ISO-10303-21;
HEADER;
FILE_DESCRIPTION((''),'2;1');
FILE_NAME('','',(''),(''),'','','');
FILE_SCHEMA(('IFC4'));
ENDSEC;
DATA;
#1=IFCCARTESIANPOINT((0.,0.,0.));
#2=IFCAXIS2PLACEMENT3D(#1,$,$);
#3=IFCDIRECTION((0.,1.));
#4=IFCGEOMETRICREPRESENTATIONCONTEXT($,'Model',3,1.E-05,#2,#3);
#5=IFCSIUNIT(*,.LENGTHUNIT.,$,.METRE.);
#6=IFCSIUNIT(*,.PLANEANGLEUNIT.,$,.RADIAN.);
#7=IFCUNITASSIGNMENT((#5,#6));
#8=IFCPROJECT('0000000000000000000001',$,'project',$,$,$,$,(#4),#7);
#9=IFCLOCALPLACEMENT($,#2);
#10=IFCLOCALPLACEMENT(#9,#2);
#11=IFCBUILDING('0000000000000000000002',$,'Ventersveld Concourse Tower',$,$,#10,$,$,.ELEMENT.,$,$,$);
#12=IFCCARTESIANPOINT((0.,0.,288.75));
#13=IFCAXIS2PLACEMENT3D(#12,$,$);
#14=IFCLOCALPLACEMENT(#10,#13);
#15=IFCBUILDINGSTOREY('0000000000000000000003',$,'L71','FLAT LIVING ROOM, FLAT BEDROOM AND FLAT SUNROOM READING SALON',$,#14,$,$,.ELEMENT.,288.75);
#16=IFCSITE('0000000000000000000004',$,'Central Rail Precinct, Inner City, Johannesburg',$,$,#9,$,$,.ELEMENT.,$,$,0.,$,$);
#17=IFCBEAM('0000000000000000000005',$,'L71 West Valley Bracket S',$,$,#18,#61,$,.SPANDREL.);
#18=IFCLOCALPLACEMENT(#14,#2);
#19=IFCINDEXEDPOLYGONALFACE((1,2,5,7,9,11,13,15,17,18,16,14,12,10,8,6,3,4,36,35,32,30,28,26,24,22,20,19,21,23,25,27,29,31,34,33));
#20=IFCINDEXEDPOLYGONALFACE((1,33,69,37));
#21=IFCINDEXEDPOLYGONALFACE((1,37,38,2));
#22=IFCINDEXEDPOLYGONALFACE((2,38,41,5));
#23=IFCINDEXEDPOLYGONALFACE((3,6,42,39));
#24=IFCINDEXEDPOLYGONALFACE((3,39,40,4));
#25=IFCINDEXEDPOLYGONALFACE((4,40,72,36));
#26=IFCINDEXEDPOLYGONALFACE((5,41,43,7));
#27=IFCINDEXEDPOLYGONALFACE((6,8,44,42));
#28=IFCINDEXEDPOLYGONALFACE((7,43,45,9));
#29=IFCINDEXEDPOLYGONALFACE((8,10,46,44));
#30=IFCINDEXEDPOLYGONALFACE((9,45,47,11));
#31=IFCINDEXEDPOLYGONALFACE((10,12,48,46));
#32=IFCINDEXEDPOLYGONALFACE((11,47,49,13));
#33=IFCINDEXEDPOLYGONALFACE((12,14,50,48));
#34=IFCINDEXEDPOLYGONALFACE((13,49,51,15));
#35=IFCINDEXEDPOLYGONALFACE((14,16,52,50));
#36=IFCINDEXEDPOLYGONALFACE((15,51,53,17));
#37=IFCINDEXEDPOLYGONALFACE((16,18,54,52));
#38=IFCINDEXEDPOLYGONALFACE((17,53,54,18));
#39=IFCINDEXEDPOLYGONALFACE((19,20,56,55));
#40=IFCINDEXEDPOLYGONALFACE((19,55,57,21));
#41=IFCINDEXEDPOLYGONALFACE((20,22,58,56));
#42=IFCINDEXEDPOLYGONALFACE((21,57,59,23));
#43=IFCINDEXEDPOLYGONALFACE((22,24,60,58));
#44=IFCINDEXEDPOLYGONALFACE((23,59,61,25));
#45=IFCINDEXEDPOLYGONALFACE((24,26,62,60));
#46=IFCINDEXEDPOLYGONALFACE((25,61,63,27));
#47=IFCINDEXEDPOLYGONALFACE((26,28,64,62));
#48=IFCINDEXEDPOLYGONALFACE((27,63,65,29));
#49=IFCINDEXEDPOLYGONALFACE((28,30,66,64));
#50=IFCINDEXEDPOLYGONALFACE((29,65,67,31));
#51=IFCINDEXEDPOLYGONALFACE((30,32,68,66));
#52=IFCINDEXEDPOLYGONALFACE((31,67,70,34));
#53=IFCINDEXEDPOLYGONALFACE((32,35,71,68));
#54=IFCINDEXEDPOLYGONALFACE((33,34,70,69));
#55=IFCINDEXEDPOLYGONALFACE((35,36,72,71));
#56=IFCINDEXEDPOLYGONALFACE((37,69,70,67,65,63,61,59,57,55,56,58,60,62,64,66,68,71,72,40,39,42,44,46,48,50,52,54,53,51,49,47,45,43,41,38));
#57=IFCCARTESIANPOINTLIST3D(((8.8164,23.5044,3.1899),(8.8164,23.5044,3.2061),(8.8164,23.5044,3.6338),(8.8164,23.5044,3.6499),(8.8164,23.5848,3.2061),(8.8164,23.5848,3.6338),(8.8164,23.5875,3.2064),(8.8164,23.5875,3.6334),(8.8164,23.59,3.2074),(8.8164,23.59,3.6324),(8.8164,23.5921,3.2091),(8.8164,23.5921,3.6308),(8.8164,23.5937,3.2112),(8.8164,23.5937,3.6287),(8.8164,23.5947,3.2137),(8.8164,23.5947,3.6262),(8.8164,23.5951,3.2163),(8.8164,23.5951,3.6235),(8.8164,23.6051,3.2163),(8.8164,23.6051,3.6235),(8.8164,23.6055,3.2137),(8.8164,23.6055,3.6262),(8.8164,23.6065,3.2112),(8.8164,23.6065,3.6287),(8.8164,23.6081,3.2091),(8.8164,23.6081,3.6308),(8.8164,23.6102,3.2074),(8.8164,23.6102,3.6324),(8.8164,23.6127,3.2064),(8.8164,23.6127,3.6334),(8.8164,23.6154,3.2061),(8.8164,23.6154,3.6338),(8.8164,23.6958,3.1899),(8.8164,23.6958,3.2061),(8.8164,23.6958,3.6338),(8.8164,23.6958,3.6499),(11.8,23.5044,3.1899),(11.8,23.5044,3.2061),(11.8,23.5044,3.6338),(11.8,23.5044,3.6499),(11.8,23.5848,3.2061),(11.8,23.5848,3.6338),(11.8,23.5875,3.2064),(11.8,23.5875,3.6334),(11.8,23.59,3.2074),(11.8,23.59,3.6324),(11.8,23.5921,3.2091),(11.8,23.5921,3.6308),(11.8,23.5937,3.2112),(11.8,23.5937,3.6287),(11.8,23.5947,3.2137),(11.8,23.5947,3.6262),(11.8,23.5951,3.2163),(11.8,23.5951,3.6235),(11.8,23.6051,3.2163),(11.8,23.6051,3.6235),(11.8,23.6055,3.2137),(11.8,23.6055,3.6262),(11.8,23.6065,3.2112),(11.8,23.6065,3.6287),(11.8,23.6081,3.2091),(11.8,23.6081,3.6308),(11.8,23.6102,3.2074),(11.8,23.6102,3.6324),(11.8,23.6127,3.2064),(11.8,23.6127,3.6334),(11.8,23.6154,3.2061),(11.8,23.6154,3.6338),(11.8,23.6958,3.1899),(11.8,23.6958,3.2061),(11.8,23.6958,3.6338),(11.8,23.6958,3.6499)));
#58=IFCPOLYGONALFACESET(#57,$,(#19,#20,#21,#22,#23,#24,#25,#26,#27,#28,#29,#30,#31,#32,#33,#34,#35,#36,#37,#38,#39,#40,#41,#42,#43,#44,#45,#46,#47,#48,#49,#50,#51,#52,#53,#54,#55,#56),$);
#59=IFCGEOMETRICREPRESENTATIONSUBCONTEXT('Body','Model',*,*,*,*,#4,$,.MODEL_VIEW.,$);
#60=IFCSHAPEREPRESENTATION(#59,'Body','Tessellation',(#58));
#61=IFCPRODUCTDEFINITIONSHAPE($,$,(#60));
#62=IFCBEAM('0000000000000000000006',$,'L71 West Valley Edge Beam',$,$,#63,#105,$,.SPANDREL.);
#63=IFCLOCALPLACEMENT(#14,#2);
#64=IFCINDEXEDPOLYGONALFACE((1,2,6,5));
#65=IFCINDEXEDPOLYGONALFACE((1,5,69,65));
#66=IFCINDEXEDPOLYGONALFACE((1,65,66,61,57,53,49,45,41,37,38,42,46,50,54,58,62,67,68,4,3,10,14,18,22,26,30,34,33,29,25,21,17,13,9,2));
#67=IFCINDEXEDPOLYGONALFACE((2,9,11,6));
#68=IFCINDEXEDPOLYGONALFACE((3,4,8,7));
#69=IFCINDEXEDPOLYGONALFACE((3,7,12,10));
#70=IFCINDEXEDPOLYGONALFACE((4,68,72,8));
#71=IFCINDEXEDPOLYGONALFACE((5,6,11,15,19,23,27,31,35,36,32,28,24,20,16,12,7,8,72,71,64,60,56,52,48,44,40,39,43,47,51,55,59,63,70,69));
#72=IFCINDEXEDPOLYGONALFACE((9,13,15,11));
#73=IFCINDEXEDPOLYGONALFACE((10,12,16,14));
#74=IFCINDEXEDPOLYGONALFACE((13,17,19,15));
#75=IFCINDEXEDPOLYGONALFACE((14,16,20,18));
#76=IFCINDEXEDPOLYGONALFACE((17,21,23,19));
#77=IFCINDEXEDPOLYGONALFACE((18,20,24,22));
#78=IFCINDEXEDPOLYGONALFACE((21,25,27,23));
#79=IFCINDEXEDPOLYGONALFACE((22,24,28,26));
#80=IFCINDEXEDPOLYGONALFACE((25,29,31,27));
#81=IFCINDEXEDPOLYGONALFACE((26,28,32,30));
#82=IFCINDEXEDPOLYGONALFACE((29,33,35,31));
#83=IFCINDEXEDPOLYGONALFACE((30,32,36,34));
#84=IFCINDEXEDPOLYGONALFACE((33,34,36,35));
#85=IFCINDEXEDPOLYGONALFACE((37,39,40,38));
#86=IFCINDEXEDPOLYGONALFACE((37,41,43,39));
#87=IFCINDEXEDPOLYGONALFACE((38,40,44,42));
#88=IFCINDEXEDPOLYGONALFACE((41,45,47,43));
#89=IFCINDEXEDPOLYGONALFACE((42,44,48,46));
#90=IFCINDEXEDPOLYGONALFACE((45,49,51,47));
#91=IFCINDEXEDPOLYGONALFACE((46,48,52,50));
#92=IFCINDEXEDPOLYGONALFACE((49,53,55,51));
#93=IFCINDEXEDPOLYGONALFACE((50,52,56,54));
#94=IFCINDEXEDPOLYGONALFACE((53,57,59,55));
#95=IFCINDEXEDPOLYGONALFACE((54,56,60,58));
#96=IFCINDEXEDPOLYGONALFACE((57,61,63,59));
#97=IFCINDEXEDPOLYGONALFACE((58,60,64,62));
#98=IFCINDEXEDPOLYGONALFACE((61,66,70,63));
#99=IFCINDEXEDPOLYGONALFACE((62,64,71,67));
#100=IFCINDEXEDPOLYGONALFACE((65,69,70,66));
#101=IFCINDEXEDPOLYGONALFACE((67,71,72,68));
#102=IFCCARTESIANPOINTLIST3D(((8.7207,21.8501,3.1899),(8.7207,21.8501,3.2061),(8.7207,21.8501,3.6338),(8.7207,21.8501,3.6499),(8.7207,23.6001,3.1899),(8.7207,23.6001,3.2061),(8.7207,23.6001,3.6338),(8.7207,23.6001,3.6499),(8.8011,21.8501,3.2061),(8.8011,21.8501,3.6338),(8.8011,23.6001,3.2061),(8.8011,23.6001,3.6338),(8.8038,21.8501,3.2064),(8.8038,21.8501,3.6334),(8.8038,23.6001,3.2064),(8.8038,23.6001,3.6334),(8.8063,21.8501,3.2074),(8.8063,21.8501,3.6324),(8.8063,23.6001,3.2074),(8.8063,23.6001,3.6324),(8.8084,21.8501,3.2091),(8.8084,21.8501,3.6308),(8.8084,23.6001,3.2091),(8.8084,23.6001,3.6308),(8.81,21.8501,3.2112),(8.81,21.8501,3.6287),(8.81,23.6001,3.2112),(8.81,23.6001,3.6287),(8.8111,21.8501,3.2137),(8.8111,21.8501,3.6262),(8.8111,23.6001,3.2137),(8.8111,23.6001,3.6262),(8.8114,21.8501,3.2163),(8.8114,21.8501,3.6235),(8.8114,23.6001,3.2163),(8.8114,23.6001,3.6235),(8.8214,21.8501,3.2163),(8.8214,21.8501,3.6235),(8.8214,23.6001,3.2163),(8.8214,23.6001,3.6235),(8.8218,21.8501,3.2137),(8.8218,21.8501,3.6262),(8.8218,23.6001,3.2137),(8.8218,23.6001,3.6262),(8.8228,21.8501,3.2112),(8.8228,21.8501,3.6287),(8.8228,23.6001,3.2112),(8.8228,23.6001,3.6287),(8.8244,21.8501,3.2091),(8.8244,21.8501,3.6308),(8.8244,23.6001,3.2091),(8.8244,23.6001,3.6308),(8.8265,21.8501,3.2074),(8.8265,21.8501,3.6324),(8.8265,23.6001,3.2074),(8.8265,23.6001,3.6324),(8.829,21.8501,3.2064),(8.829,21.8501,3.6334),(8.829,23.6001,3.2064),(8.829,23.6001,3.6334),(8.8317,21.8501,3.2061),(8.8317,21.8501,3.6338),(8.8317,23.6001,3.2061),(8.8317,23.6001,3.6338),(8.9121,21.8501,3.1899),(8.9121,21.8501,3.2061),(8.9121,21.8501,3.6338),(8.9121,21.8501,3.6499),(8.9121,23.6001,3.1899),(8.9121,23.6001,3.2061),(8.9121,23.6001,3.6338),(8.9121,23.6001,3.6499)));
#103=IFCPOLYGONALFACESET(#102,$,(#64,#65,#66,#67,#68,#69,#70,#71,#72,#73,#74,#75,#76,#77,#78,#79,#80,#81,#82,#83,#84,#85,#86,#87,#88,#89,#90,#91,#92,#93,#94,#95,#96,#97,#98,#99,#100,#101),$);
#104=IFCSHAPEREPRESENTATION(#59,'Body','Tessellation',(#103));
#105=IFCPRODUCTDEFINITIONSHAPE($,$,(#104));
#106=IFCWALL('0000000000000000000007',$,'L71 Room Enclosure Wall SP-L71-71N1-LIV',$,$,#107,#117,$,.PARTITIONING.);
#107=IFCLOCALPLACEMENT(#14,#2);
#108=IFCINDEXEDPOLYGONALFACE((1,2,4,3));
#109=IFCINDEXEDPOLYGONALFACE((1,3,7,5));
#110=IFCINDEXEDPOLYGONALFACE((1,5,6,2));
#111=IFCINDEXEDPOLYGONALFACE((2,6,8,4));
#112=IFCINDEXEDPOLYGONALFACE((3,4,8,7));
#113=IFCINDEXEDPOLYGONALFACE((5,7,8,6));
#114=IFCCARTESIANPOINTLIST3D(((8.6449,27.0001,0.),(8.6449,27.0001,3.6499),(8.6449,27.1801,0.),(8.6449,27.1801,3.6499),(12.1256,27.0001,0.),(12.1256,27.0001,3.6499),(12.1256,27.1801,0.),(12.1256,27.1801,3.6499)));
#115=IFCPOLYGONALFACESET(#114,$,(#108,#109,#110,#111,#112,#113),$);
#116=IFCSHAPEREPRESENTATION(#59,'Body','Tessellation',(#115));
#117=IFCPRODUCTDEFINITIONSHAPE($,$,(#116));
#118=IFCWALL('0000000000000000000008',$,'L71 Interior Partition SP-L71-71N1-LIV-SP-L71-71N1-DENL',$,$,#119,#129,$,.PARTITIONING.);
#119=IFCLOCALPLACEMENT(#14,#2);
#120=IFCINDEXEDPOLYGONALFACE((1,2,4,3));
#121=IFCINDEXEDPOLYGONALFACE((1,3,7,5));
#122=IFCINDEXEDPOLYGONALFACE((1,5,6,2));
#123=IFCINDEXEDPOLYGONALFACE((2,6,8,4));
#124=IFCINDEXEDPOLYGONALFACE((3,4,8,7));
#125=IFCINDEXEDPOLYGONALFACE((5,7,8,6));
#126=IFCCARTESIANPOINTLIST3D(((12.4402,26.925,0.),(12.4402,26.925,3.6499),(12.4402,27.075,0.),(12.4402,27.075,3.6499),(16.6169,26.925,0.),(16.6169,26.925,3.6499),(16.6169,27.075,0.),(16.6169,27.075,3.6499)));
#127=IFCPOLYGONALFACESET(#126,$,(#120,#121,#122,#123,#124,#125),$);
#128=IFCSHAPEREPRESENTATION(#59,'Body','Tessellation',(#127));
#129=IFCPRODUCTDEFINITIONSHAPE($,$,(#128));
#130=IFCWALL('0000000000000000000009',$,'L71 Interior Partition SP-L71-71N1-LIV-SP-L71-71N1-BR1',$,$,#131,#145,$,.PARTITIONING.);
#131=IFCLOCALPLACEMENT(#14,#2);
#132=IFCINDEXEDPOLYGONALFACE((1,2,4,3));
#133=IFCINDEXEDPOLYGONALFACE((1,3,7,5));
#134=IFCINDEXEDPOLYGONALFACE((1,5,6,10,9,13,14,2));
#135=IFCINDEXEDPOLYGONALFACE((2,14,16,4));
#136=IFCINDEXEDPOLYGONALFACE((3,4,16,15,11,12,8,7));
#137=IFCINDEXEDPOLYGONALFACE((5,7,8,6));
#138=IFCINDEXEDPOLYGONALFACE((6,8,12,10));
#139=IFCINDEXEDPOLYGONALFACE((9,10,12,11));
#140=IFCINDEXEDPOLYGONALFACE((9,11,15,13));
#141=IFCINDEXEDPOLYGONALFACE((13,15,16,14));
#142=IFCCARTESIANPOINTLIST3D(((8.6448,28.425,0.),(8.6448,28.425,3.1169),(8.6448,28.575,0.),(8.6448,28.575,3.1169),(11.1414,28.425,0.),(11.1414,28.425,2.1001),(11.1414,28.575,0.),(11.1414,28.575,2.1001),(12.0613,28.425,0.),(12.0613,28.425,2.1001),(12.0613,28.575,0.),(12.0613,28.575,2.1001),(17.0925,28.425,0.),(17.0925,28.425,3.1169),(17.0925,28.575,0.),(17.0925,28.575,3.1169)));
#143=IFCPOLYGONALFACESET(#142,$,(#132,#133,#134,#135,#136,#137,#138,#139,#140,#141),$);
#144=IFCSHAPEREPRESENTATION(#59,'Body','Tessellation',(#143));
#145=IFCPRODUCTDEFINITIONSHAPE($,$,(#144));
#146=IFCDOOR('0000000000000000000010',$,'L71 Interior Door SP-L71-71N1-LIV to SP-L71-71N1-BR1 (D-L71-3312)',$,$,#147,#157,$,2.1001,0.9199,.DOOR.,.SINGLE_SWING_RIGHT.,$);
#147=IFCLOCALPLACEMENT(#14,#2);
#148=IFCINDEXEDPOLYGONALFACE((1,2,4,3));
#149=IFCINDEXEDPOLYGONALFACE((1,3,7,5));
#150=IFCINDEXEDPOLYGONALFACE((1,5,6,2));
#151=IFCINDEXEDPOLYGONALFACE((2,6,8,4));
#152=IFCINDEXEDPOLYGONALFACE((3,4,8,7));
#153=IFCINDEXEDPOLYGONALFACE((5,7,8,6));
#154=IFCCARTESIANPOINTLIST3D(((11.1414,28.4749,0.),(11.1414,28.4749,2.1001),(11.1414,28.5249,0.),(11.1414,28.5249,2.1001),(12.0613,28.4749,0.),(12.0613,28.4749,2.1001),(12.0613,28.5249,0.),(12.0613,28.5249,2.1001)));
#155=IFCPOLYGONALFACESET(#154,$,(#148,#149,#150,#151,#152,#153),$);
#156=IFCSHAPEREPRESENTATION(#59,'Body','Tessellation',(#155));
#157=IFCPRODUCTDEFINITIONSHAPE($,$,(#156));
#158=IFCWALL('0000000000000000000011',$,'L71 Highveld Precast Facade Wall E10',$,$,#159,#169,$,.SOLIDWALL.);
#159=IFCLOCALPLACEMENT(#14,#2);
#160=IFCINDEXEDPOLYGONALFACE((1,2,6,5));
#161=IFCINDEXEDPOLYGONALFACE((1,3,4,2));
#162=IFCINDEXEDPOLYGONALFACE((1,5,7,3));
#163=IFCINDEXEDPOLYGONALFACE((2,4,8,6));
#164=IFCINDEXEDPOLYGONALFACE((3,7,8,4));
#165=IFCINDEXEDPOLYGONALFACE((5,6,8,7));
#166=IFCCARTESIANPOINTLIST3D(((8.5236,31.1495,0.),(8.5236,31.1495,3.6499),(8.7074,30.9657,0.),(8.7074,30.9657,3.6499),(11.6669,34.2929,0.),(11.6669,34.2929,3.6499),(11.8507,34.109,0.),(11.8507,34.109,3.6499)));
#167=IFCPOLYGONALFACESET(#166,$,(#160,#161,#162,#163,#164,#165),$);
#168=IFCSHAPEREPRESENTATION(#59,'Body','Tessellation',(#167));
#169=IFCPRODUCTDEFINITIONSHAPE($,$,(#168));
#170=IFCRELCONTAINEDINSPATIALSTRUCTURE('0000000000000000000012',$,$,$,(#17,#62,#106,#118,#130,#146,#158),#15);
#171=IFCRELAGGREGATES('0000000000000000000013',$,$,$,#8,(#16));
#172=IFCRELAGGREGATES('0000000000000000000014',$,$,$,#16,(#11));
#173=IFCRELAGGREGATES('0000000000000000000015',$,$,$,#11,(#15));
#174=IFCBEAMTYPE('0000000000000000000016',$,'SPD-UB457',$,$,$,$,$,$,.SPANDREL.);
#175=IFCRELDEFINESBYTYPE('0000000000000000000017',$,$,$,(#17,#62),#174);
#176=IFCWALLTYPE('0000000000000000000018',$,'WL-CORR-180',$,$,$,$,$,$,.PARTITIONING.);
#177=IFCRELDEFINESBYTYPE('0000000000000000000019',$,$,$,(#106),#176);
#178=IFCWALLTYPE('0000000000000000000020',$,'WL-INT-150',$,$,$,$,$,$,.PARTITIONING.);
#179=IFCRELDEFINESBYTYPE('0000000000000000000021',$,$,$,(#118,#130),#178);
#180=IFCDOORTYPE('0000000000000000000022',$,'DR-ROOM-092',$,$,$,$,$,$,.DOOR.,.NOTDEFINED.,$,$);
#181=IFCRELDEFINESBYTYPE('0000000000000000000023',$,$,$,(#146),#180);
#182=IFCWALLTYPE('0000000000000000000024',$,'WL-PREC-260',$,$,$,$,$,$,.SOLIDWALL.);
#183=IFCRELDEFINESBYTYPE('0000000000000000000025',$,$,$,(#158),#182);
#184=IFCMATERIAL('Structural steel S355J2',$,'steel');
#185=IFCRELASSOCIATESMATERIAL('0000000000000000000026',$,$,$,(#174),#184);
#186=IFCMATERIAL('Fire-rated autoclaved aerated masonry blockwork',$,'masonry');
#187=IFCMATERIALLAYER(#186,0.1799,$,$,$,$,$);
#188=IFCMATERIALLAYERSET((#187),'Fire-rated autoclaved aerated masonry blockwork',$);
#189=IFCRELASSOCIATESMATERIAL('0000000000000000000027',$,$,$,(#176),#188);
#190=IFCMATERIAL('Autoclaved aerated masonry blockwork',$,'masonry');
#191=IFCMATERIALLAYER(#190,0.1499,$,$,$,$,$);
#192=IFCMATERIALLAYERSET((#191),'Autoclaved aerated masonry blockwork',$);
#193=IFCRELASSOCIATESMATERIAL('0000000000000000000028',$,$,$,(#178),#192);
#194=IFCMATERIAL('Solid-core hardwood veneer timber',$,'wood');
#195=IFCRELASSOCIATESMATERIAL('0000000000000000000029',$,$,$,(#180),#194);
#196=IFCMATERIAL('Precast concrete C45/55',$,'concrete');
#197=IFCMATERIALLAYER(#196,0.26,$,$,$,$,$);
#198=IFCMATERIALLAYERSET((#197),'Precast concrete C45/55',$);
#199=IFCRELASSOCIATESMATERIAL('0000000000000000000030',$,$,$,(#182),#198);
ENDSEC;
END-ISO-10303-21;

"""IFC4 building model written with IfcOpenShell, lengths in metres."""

from ifc_helpers import new_model, si_unit, direction, frame, frame_2d, origin, origin_2d, place, context, subcontext, project, spatial, rectangle, i_section, extrude, material, layer, layer_set, material_profile, profile_set, type_object, element, fill, save


model = new_model("IFC4")

# Units and contexts
model_context = context("Model", 3, precision=1e-05, world=origin(), true_north=direction((0.0, 1.0)))
body_context = subcontext(model_context, "Body", "Model", "MODEL_VIEW")
ifc_project = project(units=[si_unit("LENGTHUNIT", "METRE"), si_unit("PLANEANGLEUNIT", "RADIAN")], contexts=[model_context])

# Site, building, storey
site_placement = place(None, origin())
site = spatial("IfcSite", under=ifc_project, at=site_placement, Name="Central Rail Precinct, Inner City, Johannesburg", CompositionType="ELEMENT", RefElevation=0.0)
building_placement = place(site_placement, origin())
building = spatial("IfcBuilding", under=site, at=building_placement, Name="Ventersveld Concourse Tower", CompositionType="ELEMENT")
storey_placement = place(building_placement, frame((0.0, 0.0, 288.75)))
storey = spatial("IfcBuildingStorey", under=building, at=storey_placement, Name="L71", Description="FLAT LIVING ROOM, FLAT BEDROOM AND FLAT SUNROOM READING SALON", CompositionType="ELEMENT", Elevation=288.75)

# Beams
ifc_material_1 = material(Name="Structural steel S355J2", Category="steel")
ifc_material_profile_1 = material_profile(ifc_material_1, i_section(OverallWidth=0.1914, OverallDepth=0.46, WebThickness=0.01, FlangeThickness=0.0161, FilletRadius=0.0103, at=origin_2d()), Name="UB 457x191x82")
ifc_profile_set_1 = profile_set([ifc_material_profile_1], Name="Structural steel S355J2")
beam_type_1 = type_object("IfcBeamType", Name="SPD-UB457", PredefinedType="SPANDREL", material=ifc_profile_set_1)
beam_1_placement = place(storey_placement, frame((8.8164, 23.6001, 3.4199), z_axis=(1.0, 0.0, 0.0), x_axis=(0.0, 1.0, 0.0)))
element("IfcBeam", 1, at=beam_1_placement, inside=storey, type_object=beam_type_1, Name="L71 West Valley Bracket S", PredefinedType="SPANDREL", context=body_context, shape_type="SweptSolid", body=[
    extrude(i_section(OverallWidth=0.1914, OverallDepth=0.46, WebThickness=0.01, FlangeThickness=0.0161, FilletRadius=0.0103, at=origin_2d()), origin(), (0.0, 0.0, 1.0), 2.9836),
])
beam_2_placement = place(storey_placement, frame((8.8164, 21.8501, 3.4199), z_axis=(0.0, 1.0, 0.0), x_axis=(-1.0, 0.0, 0.0)))
element("IfcBeam", 2, at=beam_2_placement, inside=storey, type_object=beam_type_1, Name="L71 West Valley Edge Beam", PredefinedType="SPANDREL", context=body_context, shape_type="SweptSolid", body=[
    extrude(i_section(OverallWidth=0.1914, OverallDepth=0.46, WebThickness=0.01, FlangeThickness=0.0161, FilletRadius=0.0103, at=origin_2d()), origin(), (0.0, 0.0, 1.0), 1.75),
])

# Walls
ifc_material_2 = material(Name="Fire-rated autoclaved aerated masonry blockwork", Category="masonry")
ifc_layer_1 = layer(ifc_material_2, 0.1799)
ifc_layer_set_1 = layer_set([ifc_layer_1], Name="Fire-rated autoclaved aerated masonry blockwork")
wall_type_1 = type_object("IfcWallType", Name="WL-CORR-180", PredefinedType="PARTITIONING", material=ifc_layer_set_1)
wall_1_placement = place(storey_placement, frame((12.1255, 27.0901, 0.0), z_axis=(0.0, 0.0, 1.0), x_axis=(-1.0, 0.0, 0.0)))
element("IfcWall", 3, at=wall_1_placement, inside=storey, type_object=wall_type_1, Name="L71 Room Enclosure Wall SP-L71-71N1-LIV", PredefinedType="PARTITIONING", context=body_context, shape_type="SweptSolid", body=[
    extrude(rectangle(XDim=3.4807, YDim=0.1799, at=frame_2d((1.7402, 0.0))), origin(), (0.0, 0.0, 1.0), 3.6499),
])
ifc_material_3 = material(Name="Autoclaved aerated masonry blockwork", Category="masonry")
ifc_layer_2 = layer(ifc_material_3, 0.1499)
ifc_layer_set_2 = layer_set([ifc_layer_2], Name="Autoclaved aerated masonry blockwork")
wall_type_2 = type_object("IfcWallType", Name="WL-INT-150", PredefinedType="PARTITIONING", material=ifc_layer_set_2)
wall_2_placement = place(storey_placement, frame((12.4402, 27.0, 0.0), z_axis=(0.0, 0.0, 1.0), x_axis=(1.0, 0.0, 0.0)))
element("IfcWall", 4, at=wall_2_placement, inside=storey, type_object=wall_type_2, Name="L71 Interior Partition SP-L71-71N1-LIV-SP-L71-71N1-DENL", PredefinedType="PARTITIONING", context=body_context, shape_type="SweptSolid", body=[
    extrude(rectangle(XDim=4.1768, YDim=0.1499, at=frame_2d((2.0884, 0.0))), origin(), (0.0, 0.0, 1.0), 3.6499),
])

# Wall, opening, door
wall_3_placement = place(storey_placement, frame((8.6448, 28.5, 0.0), z_axis=(0.0, 0.0, 1.0), x_axis=(1.0, 0.0, 0.0)))
wall_3 = element("IfcWall", 5, at=wall_3_placement, inside=storey, type_object=wall_type_2, Name="L71 Interior Partition SP-L71-71N1-LIV-SP-L71-71N1-BR1", PredefinedType="PARTITIONING", context=body_context, shape_type="SweptSolid", body=[
    extrude(rectangle(XDim=8.4478, YDim=0.1499, at=frame_2d((4.2239, 0.0))), origin(), (0.0, 0.0, 1.0), 3.1169),
])
opening_1_placement = place(wall_3_placement, frame((2.4966, 0.0, 0.0)))
opening_1 = element("IfcOpeningElement", 6, at=opening_1_placement, cuts=wall_3, PredefinedType="OPENING", context=body_context, shape_type="SweptSolid", body=[
    extrude(rectangle(XDim=0.9199, YDim=2.1001, at=frame_2d((0.46, 1.05))), frame((0.0, 0.085, 0.0), z_axis=(0.0, -1.0, 0.0), x_axis=(1.0, 0.0, 0.0)), (0.0, 0.0, 1.0), 0.1699),
])
ifc_material_4 = material(Name="Solid-core hardwood veneer timber", Category="wood")
door_type_1 = type_object("IfcDoorType", Name="DR-ROOM-092", OperationType="NOTDEFINED", PredefinedType="DOOR", material=ifc_material_4)
door_1_placement = place(opening_1_placement, origin())
door_1 = element("IfcDoor", 7, at=door_1_placement, inside=storey, type_object=door_type_1, Name="L71 Interior Door SP-L71-71N1-LIV to SP-L71-71N1-BR1 (D-L71-3312)", OperationType="SINGLE_SWING_RIGHT", OverallHeight=2.1001, OverallWidth=0.9199, PredefinedType="DOOR", context=body_context, shape_type="SweptSolid", body=[
    extrude(rectangle(XDim=0.9199, YDim=2.1001, at=frame_2d((0.46, 1.05))), frame((0.0, 0.0249, 0.0), z_axis=(0.0, -1.0, 0.0), x_axis=(1.0, 0.0, 0.0)), (0.0, 0.0, 1.0), 0.05),
])
fill(opening_1, door_1)

# Wall
ifc_material_5 = material(Name="Precast concrete C45/55", Category="concrete")
ifc_layer_3 = layer(ifc_material_5, 0.26)
ifc_layer_set_3 = layer_set([ifc_layer_3], Name="Precast concrete C45/55")
wall_type_3 = type_object("IfcWallType", Name="WL-PREC-260", PredefinedType="SOLIDWALL", material=ifc_layer_set_3)
wall_4_placement = place(storey_placement, frame((11.7588, 34.2009, 0.0), z_axis=(0.0, 0.0, 1.0), x_axis=(-0.707107, -0.707107, 0.0)))
element("IfcWall", 8, at=wall_4_placement, inside=storey, type_object=wall_type_3, Name="L71 Highveld Precast Facade Wall E10", PredefinedType="SOLIDWALL", context=body_context, shape_type="SweptSolid", body=[
    extrude(rectangle(XDim=4.4453, YDim=0.26, at=frame_2d((2.2227, 0.0))), origin(), (0.0, 0.0, 1.0), 3.6499),
])

save(model, "model.ifc")
